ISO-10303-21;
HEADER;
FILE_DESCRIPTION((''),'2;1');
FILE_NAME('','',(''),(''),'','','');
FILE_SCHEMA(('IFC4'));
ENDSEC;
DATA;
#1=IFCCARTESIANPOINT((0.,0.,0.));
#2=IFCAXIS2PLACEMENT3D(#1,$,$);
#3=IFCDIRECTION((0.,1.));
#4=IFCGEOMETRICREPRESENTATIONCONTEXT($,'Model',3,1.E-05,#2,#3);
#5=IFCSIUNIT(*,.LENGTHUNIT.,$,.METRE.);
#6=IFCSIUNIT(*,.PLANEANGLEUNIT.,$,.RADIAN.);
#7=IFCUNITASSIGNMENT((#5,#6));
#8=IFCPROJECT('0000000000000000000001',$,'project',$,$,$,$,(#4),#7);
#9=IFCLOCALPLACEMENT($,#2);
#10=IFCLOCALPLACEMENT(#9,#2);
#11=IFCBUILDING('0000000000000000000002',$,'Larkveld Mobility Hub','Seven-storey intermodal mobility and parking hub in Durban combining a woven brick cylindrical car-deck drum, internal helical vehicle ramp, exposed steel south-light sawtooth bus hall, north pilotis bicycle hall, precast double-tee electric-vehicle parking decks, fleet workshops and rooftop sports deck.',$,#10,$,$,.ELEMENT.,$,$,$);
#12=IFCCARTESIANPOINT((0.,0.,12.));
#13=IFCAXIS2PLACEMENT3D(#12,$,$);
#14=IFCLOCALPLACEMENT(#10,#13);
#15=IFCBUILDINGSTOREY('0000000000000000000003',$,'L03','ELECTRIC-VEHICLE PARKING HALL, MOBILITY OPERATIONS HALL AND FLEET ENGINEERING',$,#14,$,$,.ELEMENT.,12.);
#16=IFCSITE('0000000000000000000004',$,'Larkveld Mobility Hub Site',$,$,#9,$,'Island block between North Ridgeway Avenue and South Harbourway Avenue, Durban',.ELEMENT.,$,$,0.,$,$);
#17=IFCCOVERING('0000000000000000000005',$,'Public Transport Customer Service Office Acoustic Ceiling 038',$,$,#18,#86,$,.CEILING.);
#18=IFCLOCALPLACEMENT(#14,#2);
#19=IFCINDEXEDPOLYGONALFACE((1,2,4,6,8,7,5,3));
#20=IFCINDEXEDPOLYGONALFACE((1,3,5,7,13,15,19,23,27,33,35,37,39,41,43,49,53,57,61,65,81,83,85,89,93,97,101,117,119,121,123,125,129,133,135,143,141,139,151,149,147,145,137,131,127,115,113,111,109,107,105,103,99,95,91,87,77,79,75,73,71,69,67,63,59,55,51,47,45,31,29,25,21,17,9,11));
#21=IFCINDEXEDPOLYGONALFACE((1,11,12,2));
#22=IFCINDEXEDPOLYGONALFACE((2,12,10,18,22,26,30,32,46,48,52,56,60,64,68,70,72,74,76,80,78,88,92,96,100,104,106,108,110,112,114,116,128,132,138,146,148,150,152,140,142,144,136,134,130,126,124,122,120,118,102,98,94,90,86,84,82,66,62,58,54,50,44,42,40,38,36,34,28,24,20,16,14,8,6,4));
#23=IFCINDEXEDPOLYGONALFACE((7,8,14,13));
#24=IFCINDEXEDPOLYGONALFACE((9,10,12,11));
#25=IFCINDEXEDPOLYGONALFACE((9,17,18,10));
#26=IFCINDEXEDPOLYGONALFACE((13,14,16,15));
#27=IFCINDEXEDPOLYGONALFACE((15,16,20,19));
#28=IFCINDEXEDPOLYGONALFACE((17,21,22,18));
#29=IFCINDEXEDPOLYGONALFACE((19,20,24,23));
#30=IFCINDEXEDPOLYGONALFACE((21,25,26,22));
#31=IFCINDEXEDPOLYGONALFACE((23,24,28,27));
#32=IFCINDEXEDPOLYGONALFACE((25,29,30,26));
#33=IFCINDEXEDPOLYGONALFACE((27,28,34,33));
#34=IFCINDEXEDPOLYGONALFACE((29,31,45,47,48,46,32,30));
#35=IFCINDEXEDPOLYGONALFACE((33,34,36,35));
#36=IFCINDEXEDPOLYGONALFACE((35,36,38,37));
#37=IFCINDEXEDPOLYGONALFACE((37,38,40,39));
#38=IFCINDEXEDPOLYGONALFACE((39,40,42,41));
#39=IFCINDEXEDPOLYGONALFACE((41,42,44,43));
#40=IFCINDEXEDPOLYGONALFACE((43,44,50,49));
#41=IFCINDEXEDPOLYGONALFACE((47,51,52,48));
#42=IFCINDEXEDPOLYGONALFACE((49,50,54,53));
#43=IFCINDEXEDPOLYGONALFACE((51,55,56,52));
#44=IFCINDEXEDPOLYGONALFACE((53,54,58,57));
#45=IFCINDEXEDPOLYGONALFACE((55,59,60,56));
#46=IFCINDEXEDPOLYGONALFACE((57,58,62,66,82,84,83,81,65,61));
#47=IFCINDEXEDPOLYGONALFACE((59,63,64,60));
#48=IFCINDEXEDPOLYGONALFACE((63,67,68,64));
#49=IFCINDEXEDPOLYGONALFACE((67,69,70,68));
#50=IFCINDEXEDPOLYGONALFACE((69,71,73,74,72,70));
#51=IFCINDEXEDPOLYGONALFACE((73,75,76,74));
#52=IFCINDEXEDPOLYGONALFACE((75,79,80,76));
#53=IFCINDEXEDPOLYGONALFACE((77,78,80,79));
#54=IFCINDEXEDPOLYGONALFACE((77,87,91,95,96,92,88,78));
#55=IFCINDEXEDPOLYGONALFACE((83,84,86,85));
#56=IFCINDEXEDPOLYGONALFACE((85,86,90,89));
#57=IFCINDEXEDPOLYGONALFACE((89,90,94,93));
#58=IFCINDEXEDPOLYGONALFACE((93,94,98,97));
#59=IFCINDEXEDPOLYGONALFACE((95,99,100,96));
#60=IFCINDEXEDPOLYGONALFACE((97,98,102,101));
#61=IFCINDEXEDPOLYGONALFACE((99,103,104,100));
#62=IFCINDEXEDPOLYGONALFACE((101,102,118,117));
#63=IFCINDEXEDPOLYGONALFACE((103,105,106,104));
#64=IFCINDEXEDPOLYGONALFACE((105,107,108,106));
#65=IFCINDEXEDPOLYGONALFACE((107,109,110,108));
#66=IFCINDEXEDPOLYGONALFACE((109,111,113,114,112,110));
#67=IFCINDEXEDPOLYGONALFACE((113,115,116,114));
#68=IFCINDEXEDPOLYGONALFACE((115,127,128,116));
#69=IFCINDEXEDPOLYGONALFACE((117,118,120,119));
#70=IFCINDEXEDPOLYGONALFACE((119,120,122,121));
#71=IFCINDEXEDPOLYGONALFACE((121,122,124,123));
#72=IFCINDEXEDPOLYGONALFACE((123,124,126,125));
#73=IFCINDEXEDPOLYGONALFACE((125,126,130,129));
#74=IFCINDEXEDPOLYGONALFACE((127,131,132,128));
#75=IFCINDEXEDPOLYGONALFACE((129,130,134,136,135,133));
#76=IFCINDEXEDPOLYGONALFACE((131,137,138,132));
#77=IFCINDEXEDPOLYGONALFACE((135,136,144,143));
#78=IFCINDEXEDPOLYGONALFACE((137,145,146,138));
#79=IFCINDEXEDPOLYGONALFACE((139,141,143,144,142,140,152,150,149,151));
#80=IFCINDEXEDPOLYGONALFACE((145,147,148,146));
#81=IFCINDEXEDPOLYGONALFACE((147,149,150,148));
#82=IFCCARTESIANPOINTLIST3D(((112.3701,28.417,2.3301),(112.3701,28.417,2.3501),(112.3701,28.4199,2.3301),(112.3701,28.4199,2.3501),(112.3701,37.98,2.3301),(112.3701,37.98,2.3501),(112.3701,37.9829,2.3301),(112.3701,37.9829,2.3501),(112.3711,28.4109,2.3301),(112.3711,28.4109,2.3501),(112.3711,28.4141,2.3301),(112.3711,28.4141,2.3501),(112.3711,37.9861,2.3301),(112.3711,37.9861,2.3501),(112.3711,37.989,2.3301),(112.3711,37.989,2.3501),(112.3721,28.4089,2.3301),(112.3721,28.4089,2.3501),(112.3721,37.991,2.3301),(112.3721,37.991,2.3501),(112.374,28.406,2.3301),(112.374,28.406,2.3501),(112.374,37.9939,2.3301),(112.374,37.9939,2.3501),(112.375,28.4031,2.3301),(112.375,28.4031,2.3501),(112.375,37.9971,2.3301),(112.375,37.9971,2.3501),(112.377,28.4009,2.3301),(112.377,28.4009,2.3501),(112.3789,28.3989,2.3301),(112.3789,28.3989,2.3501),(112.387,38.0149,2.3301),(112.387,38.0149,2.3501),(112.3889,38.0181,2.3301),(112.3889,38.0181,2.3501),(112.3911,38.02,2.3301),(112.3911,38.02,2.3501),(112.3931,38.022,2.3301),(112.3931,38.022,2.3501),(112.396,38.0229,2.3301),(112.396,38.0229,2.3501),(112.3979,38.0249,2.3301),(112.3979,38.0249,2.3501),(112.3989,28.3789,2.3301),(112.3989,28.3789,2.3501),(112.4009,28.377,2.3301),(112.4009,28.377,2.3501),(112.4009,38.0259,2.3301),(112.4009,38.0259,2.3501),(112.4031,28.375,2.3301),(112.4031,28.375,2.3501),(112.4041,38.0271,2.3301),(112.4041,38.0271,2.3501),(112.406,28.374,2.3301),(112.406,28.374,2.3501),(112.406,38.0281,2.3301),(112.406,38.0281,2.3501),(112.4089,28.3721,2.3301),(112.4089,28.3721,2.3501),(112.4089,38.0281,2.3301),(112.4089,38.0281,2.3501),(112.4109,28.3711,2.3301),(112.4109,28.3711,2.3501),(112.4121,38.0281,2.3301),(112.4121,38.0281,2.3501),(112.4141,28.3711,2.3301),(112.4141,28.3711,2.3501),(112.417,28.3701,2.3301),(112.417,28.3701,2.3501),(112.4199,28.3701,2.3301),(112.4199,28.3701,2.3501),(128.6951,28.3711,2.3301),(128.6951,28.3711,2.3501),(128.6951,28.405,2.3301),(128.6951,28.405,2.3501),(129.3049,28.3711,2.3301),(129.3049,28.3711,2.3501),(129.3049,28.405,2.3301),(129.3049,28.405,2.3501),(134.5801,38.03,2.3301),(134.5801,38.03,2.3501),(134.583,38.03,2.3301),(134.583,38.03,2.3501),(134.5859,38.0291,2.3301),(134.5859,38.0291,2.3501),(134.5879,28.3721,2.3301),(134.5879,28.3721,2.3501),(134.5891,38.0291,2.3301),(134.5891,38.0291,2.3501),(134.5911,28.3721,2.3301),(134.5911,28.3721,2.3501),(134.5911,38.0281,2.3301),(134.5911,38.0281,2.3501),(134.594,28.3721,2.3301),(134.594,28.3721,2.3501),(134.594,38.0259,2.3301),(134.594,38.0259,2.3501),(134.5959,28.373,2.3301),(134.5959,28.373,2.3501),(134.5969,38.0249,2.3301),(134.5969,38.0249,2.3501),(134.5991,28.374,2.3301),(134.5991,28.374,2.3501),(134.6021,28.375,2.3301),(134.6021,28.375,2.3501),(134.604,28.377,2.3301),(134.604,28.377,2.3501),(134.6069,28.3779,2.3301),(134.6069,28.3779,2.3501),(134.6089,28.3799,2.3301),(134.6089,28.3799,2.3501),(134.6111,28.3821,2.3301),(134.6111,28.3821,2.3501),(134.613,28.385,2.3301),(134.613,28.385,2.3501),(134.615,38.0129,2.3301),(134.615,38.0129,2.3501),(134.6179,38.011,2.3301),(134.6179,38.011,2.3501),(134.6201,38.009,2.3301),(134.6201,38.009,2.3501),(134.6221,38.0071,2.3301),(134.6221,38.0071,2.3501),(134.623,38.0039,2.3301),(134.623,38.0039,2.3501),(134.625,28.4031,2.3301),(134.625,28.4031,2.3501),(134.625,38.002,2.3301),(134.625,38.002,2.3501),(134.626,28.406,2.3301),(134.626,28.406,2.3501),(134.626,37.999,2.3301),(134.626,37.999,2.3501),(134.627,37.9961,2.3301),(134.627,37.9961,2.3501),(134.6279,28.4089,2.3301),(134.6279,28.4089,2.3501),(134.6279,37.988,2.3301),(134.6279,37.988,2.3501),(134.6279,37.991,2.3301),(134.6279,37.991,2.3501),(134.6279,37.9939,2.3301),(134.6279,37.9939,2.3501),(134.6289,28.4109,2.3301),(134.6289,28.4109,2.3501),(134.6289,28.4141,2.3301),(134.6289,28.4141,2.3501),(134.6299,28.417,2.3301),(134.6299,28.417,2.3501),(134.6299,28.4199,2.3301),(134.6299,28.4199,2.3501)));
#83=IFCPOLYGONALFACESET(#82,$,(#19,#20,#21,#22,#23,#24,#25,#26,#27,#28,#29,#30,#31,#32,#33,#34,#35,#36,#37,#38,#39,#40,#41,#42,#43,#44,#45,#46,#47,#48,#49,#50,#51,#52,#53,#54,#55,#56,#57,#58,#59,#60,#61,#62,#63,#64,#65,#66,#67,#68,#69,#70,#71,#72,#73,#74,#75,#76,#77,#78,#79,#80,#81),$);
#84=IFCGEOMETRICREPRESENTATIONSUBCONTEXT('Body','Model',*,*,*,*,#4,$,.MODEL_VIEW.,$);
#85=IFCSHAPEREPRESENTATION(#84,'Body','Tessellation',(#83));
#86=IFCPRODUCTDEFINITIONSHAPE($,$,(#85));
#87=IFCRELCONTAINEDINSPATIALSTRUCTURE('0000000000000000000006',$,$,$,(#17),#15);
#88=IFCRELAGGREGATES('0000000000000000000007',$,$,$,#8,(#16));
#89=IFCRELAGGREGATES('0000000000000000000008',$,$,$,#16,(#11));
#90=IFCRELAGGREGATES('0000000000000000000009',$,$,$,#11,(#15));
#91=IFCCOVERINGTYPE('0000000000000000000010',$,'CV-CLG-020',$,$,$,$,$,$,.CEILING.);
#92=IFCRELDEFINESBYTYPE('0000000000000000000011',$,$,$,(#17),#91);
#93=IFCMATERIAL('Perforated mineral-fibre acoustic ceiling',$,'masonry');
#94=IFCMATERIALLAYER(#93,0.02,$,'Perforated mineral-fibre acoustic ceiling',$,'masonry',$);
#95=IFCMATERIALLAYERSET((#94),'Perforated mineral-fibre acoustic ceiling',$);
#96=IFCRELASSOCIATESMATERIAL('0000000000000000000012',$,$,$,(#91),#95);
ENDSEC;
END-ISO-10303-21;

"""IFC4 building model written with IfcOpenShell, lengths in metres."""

from ifc_helpers import new_model, si_unit, direction, frame, origin, place, context, subcontext, project, spatial, polyline, outline, extrude, material, layer, layer_set, type_object, element, save


model = new_model("IFC4")

# Units and contexts
model_context = context("Model", 3, precision=1e-05, world=origin(), true_north=direction((0.0, 1.0)))
body_context = subcontext(model_context, "Body", "Model", "MODEL_VIEW")
ifc_project = project(units=[si_unit("LENGTHUNIT", "METRE"), si_unit("PLANEANGLEUNIT", "RADIAN")], contexts=[model_context])

# Site, building, storey
site_placement = place(None, origin())
site = spatial("IfcSite", under=ifc_project, at=site_placement, Name="Larkveld Mobility Hub Site", LongName="Island block between North Ridgeway Avenue and South Harbourway Avenue, Durban", CompositionType="ELEMENT", RefElevation=0.0)
building_placement = place(site_placement, origin())
building = spatial("IfcBuilding", under=site, at=building_placement, Name="Larkveld Mobility Hub", Description="Seven-storey intermodal mobility and parking hub in Durban combining a woven brick cylindrical car-deck drum, internal helical vehicle ramp, exposed steel south-light sawtooth bus hall, north pilotis bicycle hall, precast double-tee electric-vehicle parking decks, fleet workshops and rooftop sports deck.", CompositionType="ELEMENT")
storey_placement = place(building_placement, frame((0.0, 0.0, 12.0)))
storey = spatial("IfcBuildingStorey", under=building, at=storey_placement, Name="L03", Description="ELECTRIC-VEHICLE PARKING HALL, MOBILITY OPERATIONS HALL AND FLEET ENGINEERING", CompositionType="ELEMENT", Elevation=12.0)

# Covering
ifc_material_1 = material(Name="Perforated mineral-fibre acoustic ceiling", Category="masonry")
ifc_layer_1 = layer(ifc_material_1, 0.02, Name="Perforated mineral-fibre acoustic ceiling", Category="masonry")
ifc_layer_set_1 = layer_set([ifc_layer_1], Name="Perforated mineral-fibre acoustic ceiling")
covering_type_1 = type_object("IfcCoveringType", Name="CV-CLG-020", PredefinedType="CEILING", material=ifc_layer_set_1)
covering_1_placement = place(storey_placement, frame((0.0, 0.0, 2.3301)))
element("IfcCovering", 1, at=covering_1_placement, inside=storey, type_object=covering_type_1, Name="Public Transport Customer Service Office Acoustic Ceiling 038", PredefinedType="CEILING", context=body_context, shape_type="SweptSolid", body=[
    extrude(outline(polyline([(112.417, 28.3701), (112.4141, 28.3711), (112.4109, 28.3711), (112.4089, 28.3721), (112.406, 28.374), (112.4031, 28.375), (112.4009, 28.377), (112.3989, 28.3789), (112.3789, 28.3989), (112.377, 28.4009), (112.375, 28.4031), (112.374, 28.406), (112.3721, 28.4089), (112.3711, 28.4109), (112.3711, 28.4141), (112.3701, 28.417), (112.3701, 28.4199), (112.3701, 37.98), (112.3701, 37.9829), (112.3711, 37.9861), (112.3711, 37.989), (112.3721, 37.991), (112.374, 37.9939), (112.375, 37.9971), (112.387, 38.0149), (112.3889, 38.0181), (112.3911, 38.02), (112.3931, 38.022), (112.396, 38.0229), (112.3979, 38.0249), (112.4009, 38.0259), (112.4041, 38.0271), (112.406, 38.0281), (112.4089, 38.0281), (112.4121, 38.0281), (134.5801, 38.03), (134.583, 38.03), (134.5859, 38.0291), (134.5891, 38.0291), (134.5911, 38.0281), (134.594, 38.0259), (134.5969, 38.0249), (134.615, 38.0129), (134.6179, 38.011), (134.6201, 38.009), (134.6221, 38.0071), (134.623, 38.0039), (134.625, 38.002), (134.626, 37.999), (134.627, 37.9961), (134.6279, 37.9939), (134.6279, 37.991), (134.6279, 37.988), (134.6299, 28.4199), (134.6299, 28.417), (134.6289, 28.4141), (134.6289, 28.4109), (134.6279, 28.4089), (134.626, 28.406), (134.625, 28.4031), (134.613, 28.385), (134.6111, 28.3821), (134.6089, 28.3799), (134.6069, 28.3779), (134.604, 28.377), (134.6021, 28.375), (134.5991, 28.374), (134.5959, 28.373), (134.594, 28.3721), (134.5911, 28.3721), (134.5879, 28.3721), (129.3049, 28.3711), (129.3049, 28.405), (128.6951, 28.405), (128.6951, 28.3711), (112.4199, 28.3701), (112.417, 28.3701)])), origin(), (0.0, 0.0, 1.0), 0.02),
])

save(model, "model.ifc")
